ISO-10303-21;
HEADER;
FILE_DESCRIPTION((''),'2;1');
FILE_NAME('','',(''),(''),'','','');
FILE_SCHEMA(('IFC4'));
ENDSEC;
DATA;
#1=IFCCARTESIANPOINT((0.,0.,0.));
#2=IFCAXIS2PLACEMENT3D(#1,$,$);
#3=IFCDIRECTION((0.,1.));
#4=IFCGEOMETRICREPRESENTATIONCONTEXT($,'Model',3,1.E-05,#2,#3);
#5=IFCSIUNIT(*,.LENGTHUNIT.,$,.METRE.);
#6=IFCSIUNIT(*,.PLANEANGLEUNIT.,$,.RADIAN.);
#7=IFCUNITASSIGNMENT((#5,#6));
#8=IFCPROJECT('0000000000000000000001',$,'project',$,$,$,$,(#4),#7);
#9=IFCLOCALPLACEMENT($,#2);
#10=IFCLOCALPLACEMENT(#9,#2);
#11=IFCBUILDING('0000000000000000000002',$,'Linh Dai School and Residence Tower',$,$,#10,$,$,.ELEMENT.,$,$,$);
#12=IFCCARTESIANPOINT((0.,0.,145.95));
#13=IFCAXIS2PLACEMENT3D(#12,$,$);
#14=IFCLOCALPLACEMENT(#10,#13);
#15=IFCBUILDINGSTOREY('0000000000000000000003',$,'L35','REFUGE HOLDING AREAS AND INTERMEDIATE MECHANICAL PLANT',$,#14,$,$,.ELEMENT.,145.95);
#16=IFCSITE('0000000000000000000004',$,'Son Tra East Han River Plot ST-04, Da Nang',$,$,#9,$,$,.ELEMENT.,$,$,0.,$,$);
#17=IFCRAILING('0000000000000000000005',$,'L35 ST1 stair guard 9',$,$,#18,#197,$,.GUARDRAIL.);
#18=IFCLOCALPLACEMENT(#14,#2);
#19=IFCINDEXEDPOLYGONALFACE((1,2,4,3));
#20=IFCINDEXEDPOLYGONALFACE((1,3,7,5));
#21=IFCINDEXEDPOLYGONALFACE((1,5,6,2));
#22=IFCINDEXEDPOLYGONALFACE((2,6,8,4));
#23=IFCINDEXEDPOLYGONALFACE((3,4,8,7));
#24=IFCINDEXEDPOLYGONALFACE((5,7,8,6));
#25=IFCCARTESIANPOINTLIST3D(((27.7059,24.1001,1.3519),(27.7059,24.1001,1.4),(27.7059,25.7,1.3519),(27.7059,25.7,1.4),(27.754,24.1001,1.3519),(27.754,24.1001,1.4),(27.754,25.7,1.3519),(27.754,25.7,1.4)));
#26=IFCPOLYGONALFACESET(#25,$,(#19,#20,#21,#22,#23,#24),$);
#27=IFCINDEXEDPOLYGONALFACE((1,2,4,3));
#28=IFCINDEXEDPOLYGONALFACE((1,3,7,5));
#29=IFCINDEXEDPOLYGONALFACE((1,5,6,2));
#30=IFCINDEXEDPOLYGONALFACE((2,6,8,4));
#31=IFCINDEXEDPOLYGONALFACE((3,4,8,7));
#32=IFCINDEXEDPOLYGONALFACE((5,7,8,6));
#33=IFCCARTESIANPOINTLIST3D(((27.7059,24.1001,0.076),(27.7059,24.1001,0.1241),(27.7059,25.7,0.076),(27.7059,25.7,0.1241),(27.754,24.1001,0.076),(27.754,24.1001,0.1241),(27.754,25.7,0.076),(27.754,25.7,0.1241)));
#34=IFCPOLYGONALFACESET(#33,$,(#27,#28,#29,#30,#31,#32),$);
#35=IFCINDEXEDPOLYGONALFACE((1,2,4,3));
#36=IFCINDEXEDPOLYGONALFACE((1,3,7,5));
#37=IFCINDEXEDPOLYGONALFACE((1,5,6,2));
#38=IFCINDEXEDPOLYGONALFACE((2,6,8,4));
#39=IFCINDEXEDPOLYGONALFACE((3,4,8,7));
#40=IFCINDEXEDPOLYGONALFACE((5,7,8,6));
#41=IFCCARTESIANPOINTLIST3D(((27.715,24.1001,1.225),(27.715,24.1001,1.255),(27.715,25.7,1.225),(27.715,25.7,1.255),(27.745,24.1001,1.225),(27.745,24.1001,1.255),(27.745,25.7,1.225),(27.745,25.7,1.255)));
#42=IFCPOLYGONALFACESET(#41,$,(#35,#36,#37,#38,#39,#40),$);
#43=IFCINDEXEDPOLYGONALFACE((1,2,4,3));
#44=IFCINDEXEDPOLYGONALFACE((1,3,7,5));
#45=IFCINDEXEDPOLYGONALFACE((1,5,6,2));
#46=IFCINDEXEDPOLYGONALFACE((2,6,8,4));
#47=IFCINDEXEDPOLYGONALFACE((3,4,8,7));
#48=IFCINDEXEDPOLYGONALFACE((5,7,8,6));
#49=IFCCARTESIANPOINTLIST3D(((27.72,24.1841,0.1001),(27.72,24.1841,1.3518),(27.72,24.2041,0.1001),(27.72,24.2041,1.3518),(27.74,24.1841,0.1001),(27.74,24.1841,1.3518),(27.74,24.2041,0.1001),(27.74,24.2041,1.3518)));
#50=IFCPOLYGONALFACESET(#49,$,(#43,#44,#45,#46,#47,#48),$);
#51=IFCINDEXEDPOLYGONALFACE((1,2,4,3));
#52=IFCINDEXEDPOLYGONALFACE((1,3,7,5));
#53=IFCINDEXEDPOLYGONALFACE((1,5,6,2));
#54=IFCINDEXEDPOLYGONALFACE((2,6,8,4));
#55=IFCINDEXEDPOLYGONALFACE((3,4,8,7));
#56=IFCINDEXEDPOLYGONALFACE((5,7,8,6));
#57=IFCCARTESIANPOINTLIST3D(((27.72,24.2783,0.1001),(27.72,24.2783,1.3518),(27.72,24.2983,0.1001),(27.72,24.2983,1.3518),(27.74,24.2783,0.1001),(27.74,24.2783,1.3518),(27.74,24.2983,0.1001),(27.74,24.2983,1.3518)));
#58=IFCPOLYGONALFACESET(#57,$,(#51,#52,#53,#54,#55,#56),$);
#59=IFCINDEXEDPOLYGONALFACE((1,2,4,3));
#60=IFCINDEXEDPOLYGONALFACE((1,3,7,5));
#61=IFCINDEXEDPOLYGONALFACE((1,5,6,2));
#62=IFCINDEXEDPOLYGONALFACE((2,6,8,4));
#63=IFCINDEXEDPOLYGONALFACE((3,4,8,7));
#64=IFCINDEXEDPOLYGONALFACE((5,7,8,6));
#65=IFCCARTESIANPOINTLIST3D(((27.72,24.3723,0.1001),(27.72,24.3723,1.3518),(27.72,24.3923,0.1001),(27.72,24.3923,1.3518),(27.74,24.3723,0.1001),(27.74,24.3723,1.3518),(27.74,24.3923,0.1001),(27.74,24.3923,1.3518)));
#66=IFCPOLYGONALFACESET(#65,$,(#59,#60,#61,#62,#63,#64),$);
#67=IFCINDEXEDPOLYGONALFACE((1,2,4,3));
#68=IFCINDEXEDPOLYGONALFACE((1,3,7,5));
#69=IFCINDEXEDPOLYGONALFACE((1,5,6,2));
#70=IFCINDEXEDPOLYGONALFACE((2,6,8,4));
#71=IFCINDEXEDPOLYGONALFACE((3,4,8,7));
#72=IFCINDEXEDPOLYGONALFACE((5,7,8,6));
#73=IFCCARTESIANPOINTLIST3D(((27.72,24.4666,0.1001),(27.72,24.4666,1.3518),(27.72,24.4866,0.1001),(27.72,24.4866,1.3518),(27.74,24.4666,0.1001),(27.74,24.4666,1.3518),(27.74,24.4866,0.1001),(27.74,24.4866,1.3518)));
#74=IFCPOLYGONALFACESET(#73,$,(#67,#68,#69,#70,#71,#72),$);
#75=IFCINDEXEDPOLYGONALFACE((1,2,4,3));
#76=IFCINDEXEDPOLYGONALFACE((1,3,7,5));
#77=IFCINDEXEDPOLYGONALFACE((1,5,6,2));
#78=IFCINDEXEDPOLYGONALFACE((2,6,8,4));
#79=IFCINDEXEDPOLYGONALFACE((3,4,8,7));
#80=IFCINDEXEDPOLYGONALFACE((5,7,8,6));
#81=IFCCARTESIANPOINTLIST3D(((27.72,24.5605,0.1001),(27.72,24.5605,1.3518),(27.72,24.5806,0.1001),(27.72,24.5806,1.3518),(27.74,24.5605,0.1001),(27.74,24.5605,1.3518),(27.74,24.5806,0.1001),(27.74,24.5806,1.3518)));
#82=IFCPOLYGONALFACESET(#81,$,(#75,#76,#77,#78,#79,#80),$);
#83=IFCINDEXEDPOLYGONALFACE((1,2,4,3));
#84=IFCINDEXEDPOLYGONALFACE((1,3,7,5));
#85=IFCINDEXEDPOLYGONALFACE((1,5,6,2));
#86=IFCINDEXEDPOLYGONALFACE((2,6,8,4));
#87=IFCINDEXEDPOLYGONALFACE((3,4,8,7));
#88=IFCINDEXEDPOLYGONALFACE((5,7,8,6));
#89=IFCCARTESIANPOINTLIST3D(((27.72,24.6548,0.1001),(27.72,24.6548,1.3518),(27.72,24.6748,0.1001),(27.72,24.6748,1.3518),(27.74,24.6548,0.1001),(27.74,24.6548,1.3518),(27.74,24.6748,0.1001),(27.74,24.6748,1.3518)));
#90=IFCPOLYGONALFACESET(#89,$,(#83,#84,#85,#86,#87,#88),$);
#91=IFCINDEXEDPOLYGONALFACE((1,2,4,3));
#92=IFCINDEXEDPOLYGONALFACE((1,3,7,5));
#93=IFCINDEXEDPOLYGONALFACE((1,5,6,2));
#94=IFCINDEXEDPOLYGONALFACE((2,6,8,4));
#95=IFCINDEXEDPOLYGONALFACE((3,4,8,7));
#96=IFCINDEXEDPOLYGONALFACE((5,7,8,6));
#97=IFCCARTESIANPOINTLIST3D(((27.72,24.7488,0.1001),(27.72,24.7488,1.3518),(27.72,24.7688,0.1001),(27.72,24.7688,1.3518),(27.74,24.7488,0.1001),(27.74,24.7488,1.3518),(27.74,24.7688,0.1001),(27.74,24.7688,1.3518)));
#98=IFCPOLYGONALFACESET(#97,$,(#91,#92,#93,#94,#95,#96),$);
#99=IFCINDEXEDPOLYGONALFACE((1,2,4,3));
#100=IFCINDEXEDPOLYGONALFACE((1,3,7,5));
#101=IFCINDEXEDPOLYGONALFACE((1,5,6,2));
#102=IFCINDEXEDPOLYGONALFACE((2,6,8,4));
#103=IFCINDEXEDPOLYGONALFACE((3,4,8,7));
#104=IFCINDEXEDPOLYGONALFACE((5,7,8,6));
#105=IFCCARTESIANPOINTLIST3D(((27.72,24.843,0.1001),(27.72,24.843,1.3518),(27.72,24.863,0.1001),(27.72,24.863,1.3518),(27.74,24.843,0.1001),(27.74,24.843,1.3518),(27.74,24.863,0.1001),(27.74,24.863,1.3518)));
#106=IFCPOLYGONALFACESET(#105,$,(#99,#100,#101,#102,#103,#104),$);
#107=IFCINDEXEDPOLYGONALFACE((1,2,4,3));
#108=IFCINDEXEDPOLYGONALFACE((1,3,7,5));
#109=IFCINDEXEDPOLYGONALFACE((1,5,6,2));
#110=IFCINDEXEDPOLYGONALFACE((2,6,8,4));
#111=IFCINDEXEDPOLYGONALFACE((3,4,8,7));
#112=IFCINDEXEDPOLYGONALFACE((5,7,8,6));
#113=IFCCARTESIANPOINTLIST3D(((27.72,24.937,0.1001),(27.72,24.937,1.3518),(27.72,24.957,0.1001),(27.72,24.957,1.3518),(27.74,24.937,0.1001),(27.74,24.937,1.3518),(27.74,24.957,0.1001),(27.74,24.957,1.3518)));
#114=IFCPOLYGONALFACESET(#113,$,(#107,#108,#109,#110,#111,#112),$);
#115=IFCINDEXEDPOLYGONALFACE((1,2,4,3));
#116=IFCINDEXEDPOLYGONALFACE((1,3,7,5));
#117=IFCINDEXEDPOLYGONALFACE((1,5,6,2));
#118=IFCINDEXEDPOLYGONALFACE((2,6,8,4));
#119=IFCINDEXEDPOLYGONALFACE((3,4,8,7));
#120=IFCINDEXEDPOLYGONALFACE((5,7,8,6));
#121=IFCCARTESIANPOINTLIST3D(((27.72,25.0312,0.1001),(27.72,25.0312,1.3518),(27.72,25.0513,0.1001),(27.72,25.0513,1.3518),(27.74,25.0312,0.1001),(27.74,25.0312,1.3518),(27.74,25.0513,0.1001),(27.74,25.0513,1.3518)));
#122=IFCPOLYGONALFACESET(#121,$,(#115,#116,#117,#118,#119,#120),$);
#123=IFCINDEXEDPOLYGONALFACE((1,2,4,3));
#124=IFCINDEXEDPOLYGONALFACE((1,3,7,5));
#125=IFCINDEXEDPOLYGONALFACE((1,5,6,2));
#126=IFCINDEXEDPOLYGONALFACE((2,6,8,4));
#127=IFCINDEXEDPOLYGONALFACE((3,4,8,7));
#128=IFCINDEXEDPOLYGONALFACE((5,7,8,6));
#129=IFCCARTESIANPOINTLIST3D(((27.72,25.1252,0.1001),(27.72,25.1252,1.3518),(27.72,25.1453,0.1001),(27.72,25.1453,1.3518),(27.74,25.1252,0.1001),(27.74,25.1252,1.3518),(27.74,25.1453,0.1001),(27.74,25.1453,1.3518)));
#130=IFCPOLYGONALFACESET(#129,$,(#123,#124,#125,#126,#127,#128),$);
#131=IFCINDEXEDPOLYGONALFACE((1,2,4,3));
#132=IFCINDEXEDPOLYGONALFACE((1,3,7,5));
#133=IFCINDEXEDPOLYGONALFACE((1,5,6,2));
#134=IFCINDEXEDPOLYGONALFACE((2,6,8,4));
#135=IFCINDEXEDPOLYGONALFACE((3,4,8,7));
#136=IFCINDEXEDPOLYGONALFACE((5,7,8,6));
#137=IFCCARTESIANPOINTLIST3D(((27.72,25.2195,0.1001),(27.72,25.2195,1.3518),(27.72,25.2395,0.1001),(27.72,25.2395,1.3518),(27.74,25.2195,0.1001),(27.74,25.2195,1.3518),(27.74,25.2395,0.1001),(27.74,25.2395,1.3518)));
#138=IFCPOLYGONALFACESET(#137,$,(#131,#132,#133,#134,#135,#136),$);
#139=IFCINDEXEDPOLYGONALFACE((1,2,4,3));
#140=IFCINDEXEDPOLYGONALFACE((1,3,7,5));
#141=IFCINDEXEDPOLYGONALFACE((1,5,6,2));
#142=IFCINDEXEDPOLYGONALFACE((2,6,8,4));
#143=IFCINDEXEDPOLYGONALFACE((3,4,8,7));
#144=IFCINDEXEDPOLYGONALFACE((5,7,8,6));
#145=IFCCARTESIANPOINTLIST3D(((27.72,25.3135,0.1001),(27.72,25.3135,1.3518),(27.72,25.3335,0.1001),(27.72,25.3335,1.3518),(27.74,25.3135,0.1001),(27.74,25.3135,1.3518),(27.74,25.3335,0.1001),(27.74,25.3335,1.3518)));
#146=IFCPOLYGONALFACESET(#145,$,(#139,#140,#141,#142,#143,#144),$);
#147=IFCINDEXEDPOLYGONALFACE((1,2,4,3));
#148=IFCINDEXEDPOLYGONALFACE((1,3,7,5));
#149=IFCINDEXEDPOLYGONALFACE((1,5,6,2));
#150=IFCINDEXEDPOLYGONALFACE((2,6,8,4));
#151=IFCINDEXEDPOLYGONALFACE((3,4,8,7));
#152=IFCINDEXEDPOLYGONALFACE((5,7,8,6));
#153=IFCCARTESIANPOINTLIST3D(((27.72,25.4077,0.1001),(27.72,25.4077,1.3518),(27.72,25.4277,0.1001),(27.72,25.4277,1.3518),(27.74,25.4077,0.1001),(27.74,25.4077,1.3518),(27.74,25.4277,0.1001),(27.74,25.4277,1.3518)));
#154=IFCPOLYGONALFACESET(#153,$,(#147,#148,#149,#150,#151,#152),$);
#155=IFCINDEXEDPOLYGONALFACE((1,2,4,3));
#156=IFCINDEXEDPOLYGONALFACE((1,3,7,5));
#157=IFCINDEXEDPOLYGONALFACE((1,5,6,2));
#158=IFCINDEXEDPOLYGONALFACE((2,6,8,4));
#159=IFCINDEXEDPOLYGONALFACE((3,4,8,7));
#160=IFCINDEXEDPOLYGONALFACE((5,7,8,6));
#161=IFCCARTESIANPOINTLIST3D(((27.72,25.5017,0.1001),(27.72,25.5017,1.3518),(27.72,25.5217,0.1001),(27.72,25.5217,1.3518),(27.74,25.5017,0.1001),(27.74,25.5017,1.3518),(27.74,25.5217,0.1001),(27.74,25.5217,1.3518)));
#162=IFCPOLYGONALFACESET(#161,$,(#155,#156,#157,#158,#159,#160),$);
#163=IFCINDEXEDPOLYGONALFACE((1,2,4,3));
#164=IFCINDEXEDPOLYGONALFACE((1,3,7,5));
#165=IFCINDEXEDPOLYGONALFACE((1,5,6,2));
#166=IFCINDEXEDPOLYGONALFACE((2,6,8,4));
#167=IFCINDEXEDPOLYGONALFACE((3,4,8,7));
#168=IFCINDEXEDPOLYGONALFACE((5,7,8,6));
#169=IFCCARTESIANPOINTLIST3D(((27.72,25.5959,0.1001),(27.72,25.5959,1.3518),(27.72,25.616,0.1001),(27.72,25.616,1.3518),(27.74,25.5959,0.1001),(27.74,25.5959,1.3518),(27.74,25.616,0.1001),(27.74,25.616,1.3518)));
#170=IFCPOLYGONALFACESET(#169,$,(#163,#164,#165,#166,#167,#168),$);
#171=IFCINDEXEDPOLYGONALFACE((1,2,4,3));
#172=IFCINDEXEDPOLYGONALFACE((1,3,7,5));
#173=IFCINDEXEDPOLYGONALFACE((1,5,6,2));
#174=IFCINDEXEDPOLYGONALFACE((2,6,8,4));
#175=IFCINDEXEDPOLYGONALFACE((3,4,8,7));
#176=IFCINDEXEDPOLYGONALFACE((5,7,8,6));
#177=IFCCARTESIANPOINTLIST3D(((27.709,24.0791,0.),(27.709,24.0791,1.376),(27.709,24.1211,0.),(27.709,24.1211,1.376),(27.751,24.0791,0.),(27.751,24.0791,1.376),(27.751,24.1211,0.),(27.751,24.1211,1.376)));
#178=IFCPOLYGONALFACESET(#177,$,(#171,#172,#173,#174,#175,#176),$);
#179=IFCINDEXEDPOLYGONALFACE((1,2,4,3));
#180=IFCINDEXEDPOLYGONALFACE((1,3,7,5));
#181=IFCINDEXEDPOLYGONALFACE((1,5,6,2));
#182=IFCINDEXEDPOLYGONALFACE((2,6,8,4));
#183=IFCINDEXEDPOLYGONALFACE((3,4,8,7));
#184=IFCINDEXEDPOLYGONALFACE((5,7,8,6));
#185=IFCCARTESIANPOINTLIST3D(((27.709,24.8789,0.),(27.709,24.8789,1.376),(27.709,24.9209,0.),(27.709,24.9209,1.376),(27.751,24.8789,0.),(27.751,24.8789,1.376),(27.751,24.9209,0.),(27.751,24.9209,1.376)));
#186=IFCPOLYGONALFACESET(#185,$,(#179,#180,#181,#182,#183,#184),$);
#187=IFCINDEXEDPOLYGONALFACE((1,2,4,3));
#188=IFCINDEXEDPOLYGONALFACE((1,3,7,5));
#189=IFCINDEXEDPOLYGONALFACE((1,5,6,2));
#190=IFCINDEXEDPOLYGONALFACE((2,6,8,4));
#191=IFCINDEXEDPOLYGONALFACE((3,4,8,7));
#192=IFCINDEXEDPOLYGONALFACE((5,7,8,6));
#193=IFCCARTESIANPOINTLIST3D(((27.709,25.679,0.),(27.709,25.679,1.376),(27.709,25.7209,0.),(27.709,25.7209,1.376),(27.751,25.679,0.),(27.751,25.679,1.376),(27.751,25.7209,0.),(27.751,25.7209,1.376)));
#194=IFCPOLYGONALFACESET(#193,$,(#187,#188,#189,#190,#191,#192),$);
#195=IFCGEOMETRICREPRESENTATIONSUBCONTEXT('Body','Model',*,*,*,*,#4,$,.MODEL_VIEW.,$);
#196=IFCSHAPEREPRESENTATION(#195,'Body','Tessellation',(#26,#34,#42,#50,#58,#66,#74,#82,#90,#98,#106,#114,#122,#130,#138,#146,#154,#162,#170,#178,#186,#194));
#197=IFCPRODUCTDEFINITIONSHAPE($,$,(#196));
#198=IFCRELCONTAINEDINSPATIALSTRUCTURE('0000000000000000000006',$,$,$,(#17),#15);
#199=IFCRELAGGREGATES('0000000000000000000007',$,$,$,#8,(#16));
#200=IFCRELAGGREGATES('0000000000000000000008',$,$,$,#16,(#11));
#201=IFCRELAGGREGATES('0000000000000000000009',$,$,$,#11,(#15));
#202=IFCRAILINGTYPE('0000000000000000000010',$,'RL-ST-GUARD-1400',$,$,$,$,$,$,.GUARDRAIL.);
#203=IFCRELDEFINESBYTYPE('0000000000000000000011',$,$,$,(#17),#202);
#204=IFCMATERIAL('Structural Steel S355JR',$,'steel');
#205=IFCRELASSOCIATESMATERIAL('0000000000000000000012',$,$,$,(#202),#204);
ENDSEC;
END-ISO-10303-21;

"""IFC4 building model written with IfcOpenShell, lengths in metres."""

from ifc_helpers import new_model, si_unit, direction, frame, origin, origin_2d, place, context, subcontext, project, spatial, rectangle, extrude, source, transform, mapped, material, type_object, element, save


model = new_model("IFC4")

# Units and contexts
model_context = context("Model", 3, precision=1e-05, world=origin(), true_north=direction((0.0, 1.0)))
body_context = subcontext(model_context, "Body", "Model", "MODEL_VIEW")
ifc_project = project(units=[si_unit("LENGTHUNIT", "METRE"), si_unit("PLANEANGLEUNIT", "RADIAN")], contexts=[model_context])

# Site, building, storey
site_placement = place(None, origin())
site = spatial("IfcSite", under=ifc_project, at=site_placement, Name="Son Tra East Han River Plot ST-04, Da Nang", CompositionType="ELEMENT", RefElevation=0.0)
building_placement = place(site_placement, origin())
building = spatial("IfcBuilding", under=site, at=building_placement, Name="Linh Dai School and Residence Tower", CompositionType="ELEMENT")
storey_placement = place(building_placement, frame((0.0, 0.0, 145.95)))
storey = spatial("IfcBuildingStorey", under=building, at=storey_placement, Name="L35", Description="REFUGE HOLDING AREAS AND INTERMEDIATE MECHANICAL PLANT", CompositionType="ELEMENT", Elevation=145.95)

# Shared definitions
ifc_material_1 = material(Name="Structural Steel S355JR", Category="steel")

# Railing
railing_type_1 = type_object("IfcRailingType", Name="RL-ST-GUARD-1400", PredefinedType="GUARDRAIL", material=ifc_material_1)
shared_shape_1 = source(origin(), body_context, "Body", "SweptSolid", [
    extrude(rectangle(XDim=0.0481, YDim=0.0481, at=origin_2d()), frame((0.0, 0.0, 1.376), z_axis=(0.0, 1.0, 0.0), x_axis=(-1.0, 0.0, 0.0)), (0.0, 0.0, 1.0), 1.5999),
    extrude(rectangle(XDim=0.0481, YDim=0.0481, at=origin_2d()), frame((0.0, 0.0, 0.1001), z_axis=(0.0, 1.0, 0.0), x_axis=(-1.0, 0.0, 0.0)), (0.0, 0.0, 1.0), 1.5999),
    extrude(rectangle(XDim=0.03, YDim=0.03, at=origin_2d()), frame((0.0, 0.0, 1.24), z_axis=(0.0, 1.0, 0.0), x_axis=(-1.0, 0.0, 0.0)), (0.0, 0.0, 1.0), 1.5999),
    extrude(rectangle(XDim=0.02, YDim=0.02, at=origin_2d()), frame((0.0, 0.094, 0.1001)), (0.0, 0.0, 1.0), 1.2517),
    extrude(rectangle(XDim=0.02, YDim=0.02, at=origin_2d()), frame((0.0, 0.1882, 0.1001)), (0.0, 0.0, 1.0), 1.2517),
    extrude(rectangle(XDim=0.02, YDim=0.02, at=origin_2d()), frame((0.0, 0.2822, 0.1001)), (0.0, 0.0, 1.0), 1.2517),
    extrude(rectangle(XDim=0.02, YDim=0.02, at=origin_2d()), frame((0.0, 0.3765, 0.1001)), (0.0, 0.0, 1.0), 1.2517),
    extrude(rectangle(XDim=0.02, YDim=0.02, at=origin_2d()), frame((0.0, 0.4705, 0.1001)), (0.0, 0.0, 1.0), 1.2517),
    extrude(rectangle(XDim=0.02, YDim=0.02, at=origin_2d()), frame((0.0, 0.5647, 0.1001)), (0.0, 0.0, 1.0), 1.2517),
    extrude(rectangle(XDim=0.02, YDim=0.02, at=origin_2d()), frame((0.0, 0.6587, 0.1001)), (0.0, 0.0, 1.0), 1.2517),
    extrude(rectangle(XDim=0.02, YDim=0.02, at=origin_2d()), frame((0.0, 0.7529, 0.1001)), (0.0, 0.0, 1.0), 1.2517),
    extrude(rectangle(XDim=0.02, YDim=0.02, at=origin_2d()), frame((0.0, 0.8469, 0.1001)), (0.0, 0.0, 1.0), 1.2517),
    extrude(rectangle(XDim=0.02, YDim=0.02, at=origin_2d()), frame((0.0, 0.9412, 0.1001)), (0.0, 0.0, 1.0), 1.2517),
    extrude(rectangle(XDim=0.02, YDim=0.02, at=origin_2d()), frame((0.0, 1.0352, 0.1001)), (0.0, 0.0, 1.0), 1.2517),
    extrude(rectangle(XDim=0.02, YDim=0.02, at=origin_2d()), frame((0.0, 1.1294, 0.1001)), (0.0, 0.0, 1.0), 1.2517),
    extrude(rectangle(XDim=0.02, YDim=0.02, at=origin_2d()), frame((0.0, 1.2234, 0.1001)), (0.0, 0.0, 1.0), 1.2517),
    extrude(rectangle(XDim=0.02, YDim=0.02, at=origin_2d()), frame((0.0, 1.3176, 0.1001)), (0.0, 0.0, 1.0), 1.2517),
    extrude(rectangle(XDim=0.02, YDim=0.02, at=origin_2d()), frame((0.0, 1.4116, 0.1001)), (0.0, 0.0, 1.0), 1.2517),
    extrude(rectangle(XDim=0.02, YDim=0.02, at=origin_2d()), frame((0.0, 1.5059, 0.1001)), (0.0, 0.0, 1.0), 1.2517),
    extrude(rectangle(XDim=0.042, YDim=0.042, at=origin_2d()), origin(), (0.0, 0.0, 1.0), 1.376),
    extrude(rectangle(XDim=0.042, YDim=0.042, at=origin_2d()), frame((0.0, 0.7998, 0.0)), (0.0, 0.0, 1.0), 1.376),
    extrude(rectangle(XDim=0.042, YDim=0.042, at=origin_2d()), frame((0.0, 1.5999, 0.0)), (0.0, 0.0, 1.0), 1.376),
])
for number, where, name in (
    (1, (27.73, 24.1001, 0.0), "L35 ST1 stair guard 9"),
):
    element("IfcRailing", number, at=place(storey_placement, frame(where)), inside=storey, type_object=railing_type_1, Name=name, PredefinedType="GUARDRAIL", context=body_context, shape_type="MappedRepresentation", body=[
        mapped(shared_shape_1, transform((0.0, 0.0, 0.0), x_axis=(1.0, 0.0, 0.0), y_axis=(0.0, 1.0, 0.0), z_axis=(0.0, 0.0, 1.0), scale=1.0)),
    ])

save(model, "model.ifc")
